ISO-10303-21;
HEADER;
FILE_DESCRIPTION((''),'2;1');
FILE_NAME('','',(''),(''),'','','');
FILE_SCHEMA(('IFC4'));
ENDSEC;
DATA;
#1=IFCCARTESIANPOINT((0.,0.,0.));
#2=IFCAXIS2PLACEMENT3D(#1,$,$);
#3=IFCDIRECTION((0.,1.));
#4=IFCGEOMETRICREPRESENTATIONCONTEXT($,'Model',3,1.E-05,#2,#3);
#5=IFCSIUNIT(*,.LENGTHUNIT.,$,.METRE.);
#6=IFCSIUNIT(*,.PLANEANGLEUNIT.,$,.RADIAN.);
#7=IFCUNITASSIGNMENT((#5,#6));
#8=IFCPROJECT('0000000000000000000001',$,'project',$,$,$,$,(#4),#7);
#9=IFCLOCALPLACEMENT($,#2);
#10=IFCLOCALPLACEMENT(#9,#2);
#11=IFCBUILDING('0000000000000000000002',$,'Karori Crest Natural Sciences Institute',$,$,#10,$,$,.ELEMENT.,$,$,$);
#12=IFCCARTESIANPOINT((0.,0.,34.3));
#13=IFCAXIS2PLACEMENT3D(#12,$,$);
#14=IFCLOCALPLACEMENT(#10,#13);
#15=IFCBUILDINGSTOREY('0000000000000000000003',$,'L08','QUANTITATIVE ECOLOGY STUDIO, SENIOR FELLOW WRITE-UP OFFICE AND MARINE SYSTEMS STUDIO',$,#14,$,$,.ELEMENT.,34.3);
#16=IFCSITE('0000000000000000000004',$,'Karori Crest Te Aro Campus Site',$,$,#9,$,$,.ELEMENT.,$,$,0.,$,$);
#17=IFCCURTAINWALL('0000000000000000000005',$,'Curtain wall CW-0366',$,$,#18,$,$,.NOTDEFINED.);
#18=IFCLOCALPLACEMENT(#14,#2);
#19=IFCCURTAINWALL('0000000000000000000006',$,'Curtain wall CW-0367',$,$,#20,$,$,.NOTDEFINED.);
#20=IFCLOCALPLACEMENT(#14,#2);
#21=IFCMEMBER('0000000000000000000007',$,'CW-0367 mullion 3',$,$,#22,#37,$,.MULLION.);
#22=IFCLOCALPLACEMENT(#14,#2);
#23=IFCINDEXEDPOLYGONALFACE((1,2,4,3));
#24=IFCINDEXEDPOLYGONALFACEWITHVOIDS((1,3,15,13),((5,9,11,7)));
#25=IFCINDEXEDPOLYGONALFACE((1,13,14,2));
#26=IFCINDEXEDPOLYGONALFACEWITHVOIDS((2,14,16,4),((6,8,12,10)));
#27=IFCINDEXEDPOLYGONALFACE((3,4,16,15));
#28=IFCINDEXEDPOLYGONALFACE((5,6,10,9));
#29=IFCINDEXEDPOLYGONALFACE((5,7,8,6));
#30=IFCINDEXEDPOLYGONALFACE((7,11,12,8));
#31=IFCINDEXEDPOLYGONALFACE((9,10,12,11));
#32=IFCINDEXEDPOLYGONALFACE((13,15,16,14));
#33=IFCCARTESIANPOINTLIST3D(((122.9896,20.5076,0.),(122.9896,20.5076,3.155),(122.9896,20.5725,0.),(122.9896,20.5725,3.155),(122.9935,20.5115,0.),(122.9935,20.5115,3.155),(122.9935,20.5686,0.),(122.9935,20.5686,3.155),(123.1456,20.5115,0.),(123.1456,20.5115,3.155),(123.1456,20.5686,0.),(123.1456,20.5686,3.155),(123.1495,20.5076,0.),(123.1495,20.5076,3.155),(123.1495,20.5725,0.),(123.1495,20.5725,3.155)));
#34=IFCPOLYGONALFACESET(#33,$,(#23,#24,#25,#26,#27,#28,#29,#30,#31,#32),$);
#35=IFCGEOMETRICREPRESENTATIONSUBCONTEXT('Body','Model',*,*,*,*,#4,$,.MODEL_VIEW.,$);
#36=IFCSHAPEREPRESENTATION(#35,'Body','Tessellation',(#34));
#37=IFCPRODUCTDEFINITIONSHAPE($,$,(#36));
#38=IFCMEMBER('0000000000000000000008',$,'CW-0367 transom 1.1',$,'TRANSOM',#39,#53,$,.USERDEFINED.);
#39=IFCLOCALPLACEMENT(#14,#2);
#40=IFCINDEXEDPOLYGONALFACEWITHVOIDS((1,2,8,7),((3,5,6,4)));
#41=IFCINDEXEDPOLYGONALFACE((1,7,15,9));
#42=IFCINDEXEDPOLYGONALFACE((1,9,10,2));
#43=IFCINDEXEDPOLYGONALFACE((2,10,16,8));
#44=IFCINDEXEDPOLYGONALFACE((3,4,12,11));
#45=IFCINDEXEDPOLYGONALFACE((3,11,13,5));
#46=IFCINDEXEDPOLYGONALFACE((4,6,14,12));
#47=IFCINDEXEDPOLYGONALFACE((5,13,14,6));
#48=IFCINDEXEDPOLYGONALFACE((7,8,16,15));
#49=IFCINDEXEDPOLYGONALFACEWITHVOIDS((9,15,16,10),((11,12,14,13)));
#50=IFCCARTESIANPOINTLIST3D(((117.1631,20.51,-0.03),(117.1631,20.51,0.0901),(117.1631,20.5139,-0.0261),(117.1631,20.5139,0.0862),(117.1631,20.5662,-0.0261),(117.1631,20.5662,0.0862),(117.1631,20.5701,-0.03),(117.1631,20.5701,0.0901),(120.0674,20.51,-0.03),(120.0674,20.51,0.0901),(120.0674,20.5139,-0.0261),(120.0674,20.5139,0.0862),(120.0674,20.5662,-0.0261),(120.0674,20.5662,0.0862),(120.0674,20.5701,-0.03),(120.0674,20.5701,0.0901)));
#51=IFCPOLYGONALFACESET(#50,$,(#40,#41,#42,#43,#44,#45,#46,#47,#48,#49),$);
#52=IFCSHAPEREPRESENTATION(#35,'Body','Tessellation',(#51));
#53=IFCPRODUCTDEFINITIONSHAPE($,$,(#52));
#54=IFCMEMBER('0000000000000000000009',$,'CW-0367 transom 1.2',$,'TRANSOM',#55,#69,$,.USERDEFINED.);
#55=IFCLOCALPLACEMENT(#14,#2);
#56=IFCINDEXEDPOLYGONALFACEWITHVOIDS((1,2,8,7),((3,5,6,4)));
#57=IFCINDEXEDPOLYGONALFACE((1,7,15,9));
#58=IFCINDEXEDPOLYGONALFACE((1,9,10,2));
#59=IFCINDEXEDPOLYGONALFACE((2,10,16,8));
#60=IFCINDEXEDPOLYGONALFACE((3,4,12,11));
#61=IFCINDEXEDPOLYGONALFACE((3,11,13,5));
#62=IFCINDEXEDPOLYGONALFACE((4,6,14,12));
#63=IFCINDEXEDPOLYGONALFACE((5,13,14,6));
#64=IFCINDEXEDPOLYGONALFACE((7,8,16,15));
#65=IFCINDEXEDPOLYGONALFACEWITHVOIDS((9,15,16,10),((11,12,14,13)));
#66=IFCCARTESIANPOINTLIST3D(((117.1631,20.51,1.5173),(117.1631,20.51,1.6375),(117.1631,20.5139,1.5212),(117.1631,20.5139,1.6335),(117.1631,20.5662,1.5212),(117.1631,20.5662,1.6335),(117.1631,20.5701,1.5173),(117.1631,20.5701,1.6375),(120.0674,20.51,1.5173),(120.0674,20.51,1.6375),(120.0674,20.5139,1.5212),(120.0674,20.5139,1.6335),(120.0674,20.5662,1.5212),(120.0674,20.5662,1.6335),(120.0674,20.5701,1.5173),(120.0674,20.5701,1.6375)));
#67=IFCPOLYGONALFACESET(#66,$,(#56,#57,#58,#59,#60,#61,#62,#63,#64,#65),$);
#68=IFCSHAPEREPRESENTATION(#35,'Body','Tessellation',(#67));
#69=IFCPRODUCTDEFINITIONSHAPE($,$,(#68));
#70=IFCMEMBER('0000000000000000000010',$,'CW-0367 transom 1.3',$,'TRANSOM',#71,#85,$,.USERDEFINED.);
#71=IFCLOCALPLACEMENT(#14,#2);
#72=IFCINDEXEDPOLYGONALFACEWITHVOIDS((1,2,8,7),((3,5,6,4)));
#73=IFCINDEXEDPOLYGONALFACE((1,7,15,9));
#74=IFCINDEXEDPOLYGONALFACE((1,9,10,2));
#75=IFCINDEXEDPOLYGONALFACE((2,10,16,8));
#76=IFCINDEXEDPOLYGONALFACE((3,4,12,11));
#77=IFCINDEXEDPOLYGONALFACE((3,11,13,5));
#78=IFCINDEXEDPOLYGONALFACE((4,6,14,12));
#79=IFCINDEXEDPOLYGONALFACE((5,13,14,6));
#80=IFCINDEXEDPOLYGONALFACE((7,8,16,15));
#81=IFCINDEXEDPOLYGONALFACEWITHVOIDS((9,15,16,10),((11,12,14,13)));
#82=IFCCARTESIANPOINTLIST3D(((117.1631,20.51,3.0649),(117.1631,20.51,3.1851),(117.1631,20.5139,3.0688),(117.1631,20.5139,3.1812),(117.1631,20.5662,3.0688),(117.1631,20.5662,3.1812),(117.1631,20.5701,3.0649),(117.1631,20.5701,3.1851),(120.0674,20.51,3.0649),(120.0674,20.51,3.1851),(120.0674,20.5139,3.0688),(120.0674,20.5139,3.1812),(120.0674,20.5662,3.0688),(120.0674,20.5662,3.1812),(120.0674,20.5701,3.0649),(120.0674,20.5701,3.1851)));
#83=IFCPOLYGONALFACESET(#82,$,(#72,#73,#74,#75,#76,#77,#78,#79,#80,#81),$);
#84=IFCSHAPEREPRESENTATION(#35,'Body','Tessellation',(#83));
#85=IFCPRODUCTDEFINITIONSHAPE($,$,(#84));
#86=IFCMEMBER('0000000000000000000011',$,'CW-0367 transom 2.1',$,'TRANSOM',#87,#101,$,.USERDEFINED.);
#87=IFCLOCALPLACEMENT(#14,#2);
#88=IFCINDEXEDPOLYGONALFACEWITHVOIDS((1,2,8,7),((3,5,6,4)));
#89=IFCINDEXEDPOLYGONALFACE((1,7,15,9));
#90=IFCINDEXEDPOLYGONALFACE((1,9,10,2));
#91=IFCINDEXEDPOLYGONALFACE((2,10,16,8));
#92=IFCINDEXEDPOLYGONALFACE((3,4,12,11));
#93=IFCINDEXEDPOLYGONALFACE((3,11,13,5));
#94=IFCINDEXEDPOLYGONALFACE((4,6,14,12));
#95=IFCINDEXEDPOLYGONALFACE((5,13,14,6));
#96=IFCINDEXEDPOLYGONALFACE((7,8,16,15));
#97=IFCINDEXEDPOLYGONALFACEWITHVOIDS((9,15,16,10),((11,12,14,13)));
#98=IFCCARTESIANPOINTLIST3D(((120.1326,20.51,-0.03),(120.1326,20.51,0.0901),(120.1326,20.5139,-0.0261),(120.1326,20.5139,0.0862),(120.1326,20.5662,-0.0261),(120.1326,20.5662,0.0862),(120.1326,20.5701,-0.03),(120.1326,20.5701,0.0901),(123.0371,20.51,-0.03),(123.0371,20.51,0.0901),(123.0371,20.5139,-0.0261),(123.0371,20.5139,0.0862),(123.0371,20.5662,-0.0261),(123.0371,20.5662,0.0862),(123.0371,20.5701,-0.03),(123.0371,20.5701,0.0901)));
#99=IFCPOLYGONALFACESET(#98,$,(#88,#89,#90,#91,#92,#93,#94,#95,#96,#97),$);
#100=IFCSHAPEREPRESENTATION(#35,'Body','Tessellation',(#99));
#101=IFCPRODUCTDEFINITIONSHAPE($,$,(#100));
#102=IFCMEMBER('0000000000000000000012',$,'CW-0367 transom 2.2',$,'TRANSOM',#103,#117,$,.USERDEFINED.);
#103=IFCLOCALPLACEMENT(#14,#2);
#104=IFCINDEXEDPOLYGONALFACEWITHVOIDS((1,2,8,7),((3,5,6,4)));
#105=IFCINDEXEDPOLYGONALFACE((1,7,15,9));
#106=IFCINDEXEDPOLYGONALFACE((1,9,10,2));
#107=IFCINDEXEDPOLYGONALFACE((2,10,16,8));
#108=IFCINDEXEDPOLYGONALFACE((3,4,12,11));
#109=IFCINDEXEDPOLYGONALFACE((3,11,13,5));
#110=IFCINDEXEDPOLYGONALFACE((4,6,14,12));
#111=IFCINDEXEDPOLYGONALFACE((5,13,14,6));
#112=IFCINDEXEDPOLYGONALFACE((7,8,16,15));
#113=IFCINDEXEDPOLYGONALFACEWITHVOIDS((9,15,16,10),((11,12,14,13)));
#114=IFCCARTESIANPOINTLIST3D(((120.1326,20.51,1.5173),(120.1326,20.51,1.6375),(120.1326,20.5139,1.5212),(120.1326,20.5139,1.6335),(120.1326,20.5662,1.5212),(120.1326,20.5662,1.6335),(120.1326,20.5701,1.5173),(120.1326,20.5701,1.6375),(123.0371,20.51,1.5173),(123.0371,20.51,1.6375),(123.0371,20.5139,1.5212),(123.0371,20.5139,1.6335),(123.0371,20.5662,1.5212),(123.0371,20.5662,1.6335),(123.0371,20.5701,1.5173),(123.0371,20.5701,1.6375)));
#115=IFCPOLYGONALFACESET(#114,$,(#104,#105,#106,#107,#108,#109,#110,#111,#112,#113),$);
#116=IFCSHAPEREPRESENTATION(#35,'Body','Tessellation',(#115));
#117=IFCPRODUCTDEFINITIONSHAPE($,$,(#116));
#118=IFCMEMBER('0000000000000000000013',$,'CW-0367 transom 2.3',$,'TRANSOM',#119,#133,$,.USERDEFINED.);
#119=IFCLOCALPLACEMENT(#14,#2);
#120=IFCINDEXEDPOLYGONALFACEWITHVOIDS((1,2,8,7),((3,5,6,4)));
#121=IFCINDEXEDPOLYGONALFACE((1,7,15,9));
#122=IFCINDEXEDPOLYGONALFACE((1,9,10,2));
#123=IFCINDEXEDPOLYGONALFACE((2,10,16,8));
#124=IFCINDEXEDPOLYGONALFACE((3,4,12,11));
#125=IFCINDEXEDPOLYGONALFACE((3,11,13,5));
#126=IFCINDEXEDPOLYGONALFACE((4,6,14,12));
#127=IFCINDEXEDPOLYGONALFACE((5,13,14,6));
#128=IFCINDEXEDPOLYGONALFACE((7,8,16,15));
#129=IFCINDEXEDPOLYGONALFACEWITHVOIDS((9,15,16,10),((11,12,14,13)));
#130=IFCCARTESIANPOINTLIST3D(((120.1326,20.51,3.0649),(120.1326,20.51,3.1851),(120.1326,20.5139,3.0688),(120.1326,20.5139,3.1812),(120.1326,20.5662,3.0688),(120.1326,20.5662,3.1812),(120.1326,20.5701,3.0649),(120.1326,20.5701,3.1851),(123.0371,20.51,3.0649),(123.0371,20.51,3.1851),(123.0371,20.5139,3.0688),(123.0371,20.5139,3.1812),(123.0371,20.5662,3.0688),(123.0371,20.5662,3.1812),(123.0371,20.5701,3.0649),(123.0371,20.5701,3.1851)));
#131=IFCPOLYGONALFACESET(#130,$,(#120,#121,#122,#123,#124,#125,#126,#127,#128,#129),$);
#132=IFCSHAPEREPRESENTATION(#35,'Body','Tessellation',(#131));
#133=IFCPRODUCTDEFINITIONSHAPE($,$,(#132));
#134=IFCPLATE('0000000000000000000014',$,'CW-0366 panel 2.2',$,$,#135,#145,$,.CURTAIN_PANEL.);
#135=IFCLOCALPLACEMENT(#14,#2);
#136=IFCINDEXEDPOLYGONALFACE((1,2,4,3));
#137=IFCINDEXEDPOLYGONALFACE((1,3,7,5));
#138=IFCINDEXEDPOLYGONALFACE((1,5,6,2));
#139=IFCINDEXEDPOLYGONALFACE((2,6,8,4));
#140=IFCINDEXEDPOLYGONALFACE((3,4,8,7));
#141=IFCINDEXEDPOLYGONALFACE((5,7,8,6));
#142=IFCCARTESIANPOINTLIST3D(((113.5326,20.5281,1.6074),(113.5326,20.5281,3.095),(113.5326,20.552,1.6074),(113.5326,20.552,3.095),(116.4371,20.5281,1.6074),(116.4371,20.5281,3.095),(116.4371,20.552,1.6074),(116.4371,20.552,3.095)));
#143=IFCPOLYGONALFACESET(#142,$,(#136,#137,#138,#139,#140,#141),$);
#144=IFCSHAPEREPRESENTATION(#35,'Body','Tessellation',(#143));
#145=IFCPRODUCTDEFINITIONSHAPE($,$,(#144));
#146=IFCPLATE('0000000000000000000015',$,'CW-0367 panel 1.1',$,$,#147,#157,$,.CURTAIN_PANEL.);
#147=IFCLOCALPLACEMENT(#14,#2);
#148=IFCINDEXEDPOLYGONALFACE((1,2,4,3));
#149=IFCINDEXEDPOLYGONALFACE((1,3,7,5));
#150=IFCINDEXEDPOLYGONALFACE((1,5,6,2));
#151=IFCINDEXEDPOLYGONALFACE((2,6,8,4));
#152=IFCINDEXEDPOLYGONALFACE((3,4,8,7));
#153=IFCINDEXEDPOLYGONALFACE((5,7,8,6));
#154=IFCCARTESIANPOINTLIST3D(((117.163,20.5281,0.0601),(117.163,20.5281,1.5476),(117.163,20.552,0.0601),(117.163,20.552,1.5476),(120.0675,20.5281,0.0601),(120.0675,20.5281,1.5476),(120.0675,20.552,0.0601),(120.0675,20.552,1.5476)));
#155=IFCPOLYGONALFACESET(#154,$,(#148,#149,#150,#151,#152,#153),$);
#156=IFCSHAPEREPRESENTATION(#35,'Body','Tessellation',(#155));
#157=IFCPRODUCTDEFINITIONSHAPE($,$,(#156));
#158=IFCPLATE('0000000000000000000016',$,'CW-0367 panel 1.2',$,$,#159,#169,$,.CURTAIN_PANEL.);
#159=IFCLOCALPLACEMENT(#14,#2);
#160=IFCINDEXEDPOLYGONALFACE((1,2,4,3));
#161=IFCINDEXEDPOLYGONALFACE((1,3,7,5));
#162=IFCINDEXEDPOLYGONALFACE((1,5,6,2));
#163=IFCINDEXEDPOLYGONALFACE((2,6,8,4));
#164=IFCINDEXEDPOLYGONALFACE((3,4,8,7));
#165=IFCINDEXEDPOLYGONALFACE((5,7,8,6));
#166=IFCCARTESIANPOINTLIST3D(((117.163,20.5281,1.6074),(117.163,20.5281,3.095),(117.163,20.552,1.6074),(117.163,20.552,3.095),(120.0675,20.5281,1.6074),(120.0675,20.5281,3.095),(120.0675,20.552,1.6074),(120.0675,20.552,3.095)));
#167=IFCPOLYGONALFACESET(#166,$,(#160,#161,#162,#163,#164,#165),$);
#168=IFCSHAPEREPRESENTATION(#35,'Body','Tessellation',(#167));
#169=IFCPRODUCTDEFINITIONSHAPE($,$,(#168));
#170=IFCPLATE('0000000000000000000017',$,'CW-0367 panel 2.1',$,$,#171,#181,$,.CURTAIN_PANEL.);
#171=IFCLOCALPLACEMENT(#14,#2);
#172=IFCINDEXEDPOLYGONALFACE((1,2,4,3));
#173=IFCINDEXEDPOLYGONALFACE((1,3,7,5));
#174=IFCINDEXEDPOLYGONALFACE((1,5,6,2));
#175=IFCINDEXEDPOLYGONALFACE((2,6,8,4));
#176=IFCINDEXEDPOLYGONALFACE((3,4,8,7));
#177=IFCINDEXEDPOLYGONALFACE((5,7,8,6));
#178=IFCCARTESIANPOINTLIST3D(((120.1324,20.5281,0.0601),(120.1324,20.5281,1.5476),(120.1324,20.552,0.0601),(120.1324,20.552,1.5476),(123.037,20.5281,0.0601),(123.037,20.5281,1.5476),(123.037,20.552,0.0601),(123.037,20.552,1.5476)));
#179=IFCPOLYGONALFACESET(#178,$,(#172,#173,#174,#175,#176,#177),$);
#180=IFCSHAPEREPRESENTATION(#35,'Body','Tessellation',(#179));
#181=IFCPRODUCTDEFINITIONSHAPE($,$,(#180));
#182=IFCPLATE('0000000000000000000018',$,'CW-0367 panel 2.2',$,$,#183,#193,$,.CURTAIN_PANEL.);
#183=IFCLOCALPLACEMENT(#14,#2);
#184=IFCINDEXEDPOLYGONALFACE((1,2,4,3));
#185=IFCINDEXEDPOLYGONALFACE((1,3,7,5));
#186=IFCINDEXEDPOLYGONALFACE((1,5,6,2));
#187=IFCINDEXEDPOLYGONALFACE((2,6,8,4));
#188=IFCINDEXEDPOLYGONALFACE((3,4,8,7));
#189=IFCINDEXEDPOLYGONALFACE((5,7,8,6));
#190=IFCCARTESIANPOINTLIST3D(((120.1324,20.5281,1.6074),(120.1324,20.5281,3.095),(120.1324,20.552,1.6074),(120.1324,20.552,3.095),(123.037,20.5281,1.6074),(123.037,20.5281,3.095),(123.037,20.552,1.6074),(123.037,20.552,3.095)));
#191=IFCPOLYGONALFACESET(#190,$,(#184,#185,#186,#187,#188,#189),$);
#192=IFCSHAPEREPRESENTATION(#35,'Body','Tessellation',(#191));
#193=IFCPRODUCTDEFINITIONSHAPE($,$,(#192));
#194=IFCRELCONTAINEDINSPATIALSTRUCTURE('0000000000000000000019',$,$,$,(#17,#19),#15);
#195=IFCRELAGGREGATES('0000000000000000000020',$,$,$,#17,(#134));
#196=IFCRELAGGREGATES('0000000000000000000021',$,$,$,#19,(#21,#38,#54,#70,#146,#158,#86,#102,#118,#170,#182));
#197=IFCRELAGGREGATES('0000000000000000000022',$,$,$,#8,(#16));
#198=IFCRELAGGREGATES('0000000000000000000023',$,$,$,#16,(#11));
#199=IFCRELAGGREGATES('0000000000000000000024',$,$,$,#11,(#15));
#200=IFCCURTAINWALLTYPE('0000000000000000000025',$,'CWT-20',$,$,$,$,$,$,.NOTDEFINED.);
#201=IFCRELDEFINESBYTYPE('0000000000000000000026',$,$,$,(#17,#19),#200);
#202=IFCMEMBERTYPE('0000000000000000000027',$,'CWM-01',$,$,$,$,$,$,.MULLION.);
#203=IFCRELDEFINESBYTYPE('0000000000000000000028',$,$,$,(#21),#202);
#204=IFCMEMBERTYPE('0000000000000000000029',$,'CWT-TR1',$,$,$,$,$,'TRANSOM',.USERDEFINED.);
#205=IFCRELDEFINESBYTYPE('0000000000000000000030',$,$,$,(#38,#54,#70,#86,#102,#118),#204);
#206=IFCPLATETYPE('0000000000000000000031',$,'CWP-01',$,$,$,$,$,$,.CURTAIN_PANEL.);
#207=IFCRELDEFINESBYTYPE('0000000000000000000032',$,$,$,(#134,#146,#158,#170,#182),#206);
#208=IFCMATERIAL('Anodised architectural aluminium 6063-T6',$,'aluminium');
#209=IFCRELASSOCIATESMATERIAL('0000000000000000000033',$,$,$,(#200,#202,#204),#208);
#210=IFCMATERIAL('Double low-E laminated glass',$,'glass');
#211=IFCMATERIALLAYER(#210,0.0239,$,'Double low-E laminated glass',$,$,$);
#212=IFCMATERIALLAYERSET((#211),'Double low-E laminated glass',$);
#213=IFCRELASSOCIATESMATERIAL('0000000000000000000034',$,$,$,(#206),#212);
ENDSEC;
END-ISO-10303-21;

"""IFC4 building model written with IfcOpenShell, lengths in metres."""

from ifc_helpers import new_model, si_unit, direction, frame, origin, origin_2d, place, context, subcontext, project, spatial, rectangle, hollow_rectangle, extrude, material, layer, layer_set, material_profile, profile_set, type_object, element, aggregate, save


model = new_model("IFC4")

# Units and contexts
model_context = context("Model", 3, precision=1e-05, world=origin(), true_north=direction((0.0, 1.0)))
body_context = subcontext(model_context, "Body", "Model", "MODEL_VIEW")
ifc_project = project(units=[si_unit("LENGTHUNIT", "METRE"), si_unit("PLANEANGLEUNIT", "RADIAN")], contexts=[model_context])

# Site, building, storey
site_placement = place(None, origin())
site = spatial("IfcSite", under=ifc_project, at=site_placement, Name="Karori Crest Te Aro Campus Site", CompositionType="ELEMENT", RefElevation=0.0)
building_placement = place(site_placement, origin())
building = spatial("IfcBuilding", under=site, at=building_placement, Name="Karori Crest Natural Sciences Institute", CompositionType="ELEMENT")
storey_placement = place(building_placement, frame((0.0, 0.0, 34.3)))
storey = spatial("IfcBuildingStorey", under=building, at=storey_placement, Name="L08", Description="QUANTITATIVE ECOLOGY STUDIO, SENIOR FELLOW WRITE-UP OFFICE AND MARINE SYSTEMS STUDIO", CompositionType="ELEMENT", Elevation=34.3)

# Curtain wall
ifc_material_1 = material(Name="Anodised architectural aluminium 6063-T6", Category="aluminium")
curtain_wall_type = type_object("IfcCurtainWallType", Name="CWT-20", PredefinedType="NOTDEFINED", material=ifc_material_1)
curtain_wall_1_placement = place(storey_placement, origin())
curtain_wall_1 = element("IfcCurtainWall", 1, at=curtain_wall_1_placement, inside=storey, type_object=curtain_wall_type, Name="Curtain wall CW-0366", PredefinedType="NOTDEFINED")
ifc_material_profile_1 = material_profile(ifc_material_1, hollow_rectangle(XDim=0.0649, YDim=0.1599, WallThickness=0.0039, at=origin_2d()), Name="CWM160x65x4")
ifc_profile_set_1 = profile_set([ifc_material_profile_1], Name="Anodised architectural aluminium 6063-T6")
member_type_1 = type_object("IfcMemberType", Name="CWM-01", PredefinedType="MULLION", material=ifc_profile_set_1)

# Curtain wall, members
curtain_wall_2_placement = place(storey_placement, origin())
curtain_wall_2 = element("IfcCurtainWall", 2, at=curtain_wall_2_placement, inside=storey, type_object=curtain_wall_type, Name="Curtain wall CW-0367", PredefinedType="NOTDEFINED")
member_1_placement = place(storey_placement, frame((123.0696, 20.54, 0.0), z_axis=(0.0, 0.0, 1.0), x_axis=(0.0, 1.0, 0.0)))
member_1 = element("IfcMember", 3, at=member_1_placement, type_object=member_type_1, Name="CW-0367 mullion 3", PredefinedType="MULLION", context=body_context, shape_type="SweptSolid", body=[
    extrude(hollow_rectangle(XDim=0.0649, YDim=0.1599, WallThickness=0.0039, at=origin_2d()), origin(), (0.0, 0.0, 1.0), 3.155),
])
ifc_material_profile_2 = material_profile(ifc_material_1, hollow_rectangle(XDim=0.0601, YDim=0.1201, WallThickness=0.0039, at=origin_2d()), Name="CWT120x60x4")
ifc_profile_set_2 = profile_set([ifc_material_profile_2], Name="Anodised architectural aluminium 6063-T6")
member_type_2 = type_object("IfcMemberType", Name="CWT-TR1", ElementType="TRANSOM", PredefinedType="USERDEFINED", material=ifc_profile_set_2)
member_2_placement = place(storey_placement, frame((117.1631, 20.54, 0.03), z_axis=(1.0, 0.0, 0.0), x_axis=(0.0, 1.0, 0.0)))
member_2 = element("IfcMember", 4, at=member_2_placement, type_object=member_type_2, Name="CW-0367 transom 1.1", ObjectType="TRANSOM", PredefinedType="USERDEFINED", context=body_context, shape_type="SweptSolid", body=[
    extrude(hollow_rectangle(XDim=0.0601, YDim=0.1201, WallThickness=0.0039, at=origin_2d()), origin(), (0.0, 0.0, 1.0), 2.9043),
])
member_3_placement = place(storey_placement, frame((117.1631, 20.54, 1.5774), z_axis=(1.0, 0.0, 0.0), x_axis=(0.0, 1.0, 0.0)))
member_3 = element("IfcMember", 5, at=member_3_placement, type_object=member_type_2, Name="CW-0367 transom 1.2", ObjectType="TRANSOM", PredefinedType="USERDEFINED", context=body_context, shape_type="SweptSolid", body=[
    extrude(hollow_rectangle(XDim=0.0601, YDim=0.1201, WallThickness=0.0039, at=origin_2d()), origin(), (0.0, 0.0, 1.0), 2.9043),
])
member_4_placement = place(storey_placement, frame((117.1631, 20.54, 3.125), z_axis=(1.0, 0.0, 0.0), x_axis=(0.0, 1.0, 0.0)))
member_4 = element("IfcMember", 6, at=member_4_placement, type_object=member_type_2, Name="CW-0367 transom 1.3", ObjectType="TRANSOM", PredefinedType="USERDEFINED", context=body_context, shape_type="SweptSolid", body=[
    extrude(hollow_rectangle(XDim=0.0601, YDim=0.1201, WallThickness=0.0039, at=origin_2d()), origin(), (0.0, 0.0, 1.0), 2.9043),
])
member_5_placement = place(storey_placement, frame((120.1326, 20.54, 0.03), z_axis=(1.0, 0.0, 0.0), x_axis=(0.0, 1.0, 0.0)))
member_5 = element("IfcMember", 7, at=member_5_placement, type_object=member_type_2, Name="CW-0367 transom 2.1", ObjectType="TRANSOM", PredefinedType="USERDEFINED", context=body_context, shape_type="SweptSolid", body=[
    extrude(hollow_rectangle(XDim=0.0601, YDim=0.1201, WallThickness=0.0039, at=origin_2d()), origin(), (0.0, 0.0, 1.0), 2.9045),
])
member_6_placement = place(storey_placement, frame((120.1326, 20.54, 1.5774), z_axis=(1.0, 0.0, 0.0), x_axis=(0.0, 1.0, 0.0)))
member_6 = element("IfcMember", 8, at=member_6_placement, type_object=member_type_2, Name="CW-0367 transom 2.2", ObjectType="TRANSOM", PredefinedType="USERDEFINED", context=body_context, shape_type="SweptSolid", body=[
    extrude(hollow_rectangle(XDim=0.0601, YDim=0.1201, WallThickness=0.0039, at=origin_2d()), origin(), (0.0, 0.0, 1.0), 2.9045),
])
member_7_placement = place(storey_placement, frame((120.1326, 20.54, 3.125), z_axis=(1.0, 0.0, 0.0), x_axis=(0.0, 1.0, 0.0)))
member_7 = element("IfcMember", 9, at=member_7_placement, type_object=member_type_2, Name="CW-0367 transom 2.3", ObjectType="TRANSOM", PredefinedType="USERDEFINED", context=body_context, shape_type="SweptSolid", body=[
    extrude(hollow_rectangle(XDim=0.0601, YDim=0.1201, WallThickness=0.0039, at=origin_2d()), origin(), (0.0, 0.0, 1.0), 2.9045),
])

# Plates
ifc_material_2 = material(Name="Double low-E laminated glass", Category="glass")
ifc_layer = layer(ifc_material_2, 0.0239, Name="Double low-E laminated glass")
ifc_layer_set = layer_set([ifc_layer], Name="Double low-E laminated glass")
plate_type = type_object("IfcPlateType", Name="CWP-01", PredefinedType="CURTAIN_PANEL", material=ifc_layer_set)
plate_1_placement = place(storey_placement, frame((114.9849, 20.54, 1.6074), z_axis=(0.0, 0.0, 1.0), x_axis=(1.0, 0.0, 0.0)))
plate_1 = element("IfcPlate", 10, at=plate_1_placement, type_object=plate_type, Name="CW-0366 panel 2.2", PredefinedType="CURTAIN_PANEL", context=body_context, shape_type="SweptSolid", body=[
    extrude(rectangle(XDim=2.9045, YDim=0.0239, at=origin_2d()), origin(), (0.0, 0.0, 1.0), 1.4875),
])
aggregate(curtain_wall_1, [plate_1])
plate_2_placement = place(storey_placement, frame((118.6152, 20.54, 0.0601), z_axis=(0.0, 0.0, 1.0), x_axis=(1.0, 0.0, 0.0)))
plate_2 = element("IfcPlate", 11, at=plate_2_placement, type_object=plate_type, Name="CW-0367 panel 1.1", PredefinedType="CURTAIN_PANEL", context=body_context, shape_type="SweptSolid", body=[
    extrude(rectangle(XDim=2.9045, YDim=0.0239, at=origin_2d()), origin(), (0.0, 0.0, 1.0), 1.4875),
])
plate_3_placement = place(storey_placement, frame((118.6152, 20.54, 1.6074), z_axis=(0.0, 0.0, 1.0), x_axis=(1.0, 0.0, 0.0)))
plate_3 = element("IfcPlate", 12, at=plate_3_placement, type_object=plate_type, Name="CW-0367 panel 1.2", PredefinedType="CURTAIN_PANEL", context=body_context, shape_type="SweptSolid", body=[
    extrude(rectangle(XDim=2.9045, YDim=0.0239, at=origin_2d()), origin(), (0.0, 0.0, 1.0), 1.4875),
])
plate_4_placement = place(storey_placement, frame((121.5847, 20.54, 0.0601), z_axis=(0.0, 0.0, 1.0), x_axis=(1.0, 0.0, 0.0)))
plate_4 = element("IfcPlate", 13, at=plate_4_placement, type_object=plate_type, Name="CW-0367 panel 2.1", PredefinedType="CURTAIN_PANEL", context=body_context, shape_type="SweptSolid", body=[
    extrude(rectangle(XDim=2.9045, YDim=0.0239, at=origin_2d()), origin(), (0.0, 0.0, 1.0), 1.4875),
])
plate_5_placement = place(storey_placement, frame((121.5847, 20.54, 1.6074), z_axis=(0.0, 0.0, 1.0), x_axis=(1.0, 0.0, 0.0)))
plate_5 = element("IfcPlate", 14, at=plate_5_placement, type_object=plate_type, Name="CW-0367 panel 2.2", PredefinedType="CURTAIN_PANEL", context=body_context, shape_type="SweptSolid", body=[
    extrude(rectangle(XDim=2.9045, YDim=0.0239, at=origin_2d()), origin(), (0.0, 0.0, 1.0), 1.4875),
])
aggregate(curtain_wall_2, [member_1, member_2, member_3, member_4, plate_2, plate_3, member_5, member_6, member_7, plate_4, plate_5])

save(model, "model.ifc")
